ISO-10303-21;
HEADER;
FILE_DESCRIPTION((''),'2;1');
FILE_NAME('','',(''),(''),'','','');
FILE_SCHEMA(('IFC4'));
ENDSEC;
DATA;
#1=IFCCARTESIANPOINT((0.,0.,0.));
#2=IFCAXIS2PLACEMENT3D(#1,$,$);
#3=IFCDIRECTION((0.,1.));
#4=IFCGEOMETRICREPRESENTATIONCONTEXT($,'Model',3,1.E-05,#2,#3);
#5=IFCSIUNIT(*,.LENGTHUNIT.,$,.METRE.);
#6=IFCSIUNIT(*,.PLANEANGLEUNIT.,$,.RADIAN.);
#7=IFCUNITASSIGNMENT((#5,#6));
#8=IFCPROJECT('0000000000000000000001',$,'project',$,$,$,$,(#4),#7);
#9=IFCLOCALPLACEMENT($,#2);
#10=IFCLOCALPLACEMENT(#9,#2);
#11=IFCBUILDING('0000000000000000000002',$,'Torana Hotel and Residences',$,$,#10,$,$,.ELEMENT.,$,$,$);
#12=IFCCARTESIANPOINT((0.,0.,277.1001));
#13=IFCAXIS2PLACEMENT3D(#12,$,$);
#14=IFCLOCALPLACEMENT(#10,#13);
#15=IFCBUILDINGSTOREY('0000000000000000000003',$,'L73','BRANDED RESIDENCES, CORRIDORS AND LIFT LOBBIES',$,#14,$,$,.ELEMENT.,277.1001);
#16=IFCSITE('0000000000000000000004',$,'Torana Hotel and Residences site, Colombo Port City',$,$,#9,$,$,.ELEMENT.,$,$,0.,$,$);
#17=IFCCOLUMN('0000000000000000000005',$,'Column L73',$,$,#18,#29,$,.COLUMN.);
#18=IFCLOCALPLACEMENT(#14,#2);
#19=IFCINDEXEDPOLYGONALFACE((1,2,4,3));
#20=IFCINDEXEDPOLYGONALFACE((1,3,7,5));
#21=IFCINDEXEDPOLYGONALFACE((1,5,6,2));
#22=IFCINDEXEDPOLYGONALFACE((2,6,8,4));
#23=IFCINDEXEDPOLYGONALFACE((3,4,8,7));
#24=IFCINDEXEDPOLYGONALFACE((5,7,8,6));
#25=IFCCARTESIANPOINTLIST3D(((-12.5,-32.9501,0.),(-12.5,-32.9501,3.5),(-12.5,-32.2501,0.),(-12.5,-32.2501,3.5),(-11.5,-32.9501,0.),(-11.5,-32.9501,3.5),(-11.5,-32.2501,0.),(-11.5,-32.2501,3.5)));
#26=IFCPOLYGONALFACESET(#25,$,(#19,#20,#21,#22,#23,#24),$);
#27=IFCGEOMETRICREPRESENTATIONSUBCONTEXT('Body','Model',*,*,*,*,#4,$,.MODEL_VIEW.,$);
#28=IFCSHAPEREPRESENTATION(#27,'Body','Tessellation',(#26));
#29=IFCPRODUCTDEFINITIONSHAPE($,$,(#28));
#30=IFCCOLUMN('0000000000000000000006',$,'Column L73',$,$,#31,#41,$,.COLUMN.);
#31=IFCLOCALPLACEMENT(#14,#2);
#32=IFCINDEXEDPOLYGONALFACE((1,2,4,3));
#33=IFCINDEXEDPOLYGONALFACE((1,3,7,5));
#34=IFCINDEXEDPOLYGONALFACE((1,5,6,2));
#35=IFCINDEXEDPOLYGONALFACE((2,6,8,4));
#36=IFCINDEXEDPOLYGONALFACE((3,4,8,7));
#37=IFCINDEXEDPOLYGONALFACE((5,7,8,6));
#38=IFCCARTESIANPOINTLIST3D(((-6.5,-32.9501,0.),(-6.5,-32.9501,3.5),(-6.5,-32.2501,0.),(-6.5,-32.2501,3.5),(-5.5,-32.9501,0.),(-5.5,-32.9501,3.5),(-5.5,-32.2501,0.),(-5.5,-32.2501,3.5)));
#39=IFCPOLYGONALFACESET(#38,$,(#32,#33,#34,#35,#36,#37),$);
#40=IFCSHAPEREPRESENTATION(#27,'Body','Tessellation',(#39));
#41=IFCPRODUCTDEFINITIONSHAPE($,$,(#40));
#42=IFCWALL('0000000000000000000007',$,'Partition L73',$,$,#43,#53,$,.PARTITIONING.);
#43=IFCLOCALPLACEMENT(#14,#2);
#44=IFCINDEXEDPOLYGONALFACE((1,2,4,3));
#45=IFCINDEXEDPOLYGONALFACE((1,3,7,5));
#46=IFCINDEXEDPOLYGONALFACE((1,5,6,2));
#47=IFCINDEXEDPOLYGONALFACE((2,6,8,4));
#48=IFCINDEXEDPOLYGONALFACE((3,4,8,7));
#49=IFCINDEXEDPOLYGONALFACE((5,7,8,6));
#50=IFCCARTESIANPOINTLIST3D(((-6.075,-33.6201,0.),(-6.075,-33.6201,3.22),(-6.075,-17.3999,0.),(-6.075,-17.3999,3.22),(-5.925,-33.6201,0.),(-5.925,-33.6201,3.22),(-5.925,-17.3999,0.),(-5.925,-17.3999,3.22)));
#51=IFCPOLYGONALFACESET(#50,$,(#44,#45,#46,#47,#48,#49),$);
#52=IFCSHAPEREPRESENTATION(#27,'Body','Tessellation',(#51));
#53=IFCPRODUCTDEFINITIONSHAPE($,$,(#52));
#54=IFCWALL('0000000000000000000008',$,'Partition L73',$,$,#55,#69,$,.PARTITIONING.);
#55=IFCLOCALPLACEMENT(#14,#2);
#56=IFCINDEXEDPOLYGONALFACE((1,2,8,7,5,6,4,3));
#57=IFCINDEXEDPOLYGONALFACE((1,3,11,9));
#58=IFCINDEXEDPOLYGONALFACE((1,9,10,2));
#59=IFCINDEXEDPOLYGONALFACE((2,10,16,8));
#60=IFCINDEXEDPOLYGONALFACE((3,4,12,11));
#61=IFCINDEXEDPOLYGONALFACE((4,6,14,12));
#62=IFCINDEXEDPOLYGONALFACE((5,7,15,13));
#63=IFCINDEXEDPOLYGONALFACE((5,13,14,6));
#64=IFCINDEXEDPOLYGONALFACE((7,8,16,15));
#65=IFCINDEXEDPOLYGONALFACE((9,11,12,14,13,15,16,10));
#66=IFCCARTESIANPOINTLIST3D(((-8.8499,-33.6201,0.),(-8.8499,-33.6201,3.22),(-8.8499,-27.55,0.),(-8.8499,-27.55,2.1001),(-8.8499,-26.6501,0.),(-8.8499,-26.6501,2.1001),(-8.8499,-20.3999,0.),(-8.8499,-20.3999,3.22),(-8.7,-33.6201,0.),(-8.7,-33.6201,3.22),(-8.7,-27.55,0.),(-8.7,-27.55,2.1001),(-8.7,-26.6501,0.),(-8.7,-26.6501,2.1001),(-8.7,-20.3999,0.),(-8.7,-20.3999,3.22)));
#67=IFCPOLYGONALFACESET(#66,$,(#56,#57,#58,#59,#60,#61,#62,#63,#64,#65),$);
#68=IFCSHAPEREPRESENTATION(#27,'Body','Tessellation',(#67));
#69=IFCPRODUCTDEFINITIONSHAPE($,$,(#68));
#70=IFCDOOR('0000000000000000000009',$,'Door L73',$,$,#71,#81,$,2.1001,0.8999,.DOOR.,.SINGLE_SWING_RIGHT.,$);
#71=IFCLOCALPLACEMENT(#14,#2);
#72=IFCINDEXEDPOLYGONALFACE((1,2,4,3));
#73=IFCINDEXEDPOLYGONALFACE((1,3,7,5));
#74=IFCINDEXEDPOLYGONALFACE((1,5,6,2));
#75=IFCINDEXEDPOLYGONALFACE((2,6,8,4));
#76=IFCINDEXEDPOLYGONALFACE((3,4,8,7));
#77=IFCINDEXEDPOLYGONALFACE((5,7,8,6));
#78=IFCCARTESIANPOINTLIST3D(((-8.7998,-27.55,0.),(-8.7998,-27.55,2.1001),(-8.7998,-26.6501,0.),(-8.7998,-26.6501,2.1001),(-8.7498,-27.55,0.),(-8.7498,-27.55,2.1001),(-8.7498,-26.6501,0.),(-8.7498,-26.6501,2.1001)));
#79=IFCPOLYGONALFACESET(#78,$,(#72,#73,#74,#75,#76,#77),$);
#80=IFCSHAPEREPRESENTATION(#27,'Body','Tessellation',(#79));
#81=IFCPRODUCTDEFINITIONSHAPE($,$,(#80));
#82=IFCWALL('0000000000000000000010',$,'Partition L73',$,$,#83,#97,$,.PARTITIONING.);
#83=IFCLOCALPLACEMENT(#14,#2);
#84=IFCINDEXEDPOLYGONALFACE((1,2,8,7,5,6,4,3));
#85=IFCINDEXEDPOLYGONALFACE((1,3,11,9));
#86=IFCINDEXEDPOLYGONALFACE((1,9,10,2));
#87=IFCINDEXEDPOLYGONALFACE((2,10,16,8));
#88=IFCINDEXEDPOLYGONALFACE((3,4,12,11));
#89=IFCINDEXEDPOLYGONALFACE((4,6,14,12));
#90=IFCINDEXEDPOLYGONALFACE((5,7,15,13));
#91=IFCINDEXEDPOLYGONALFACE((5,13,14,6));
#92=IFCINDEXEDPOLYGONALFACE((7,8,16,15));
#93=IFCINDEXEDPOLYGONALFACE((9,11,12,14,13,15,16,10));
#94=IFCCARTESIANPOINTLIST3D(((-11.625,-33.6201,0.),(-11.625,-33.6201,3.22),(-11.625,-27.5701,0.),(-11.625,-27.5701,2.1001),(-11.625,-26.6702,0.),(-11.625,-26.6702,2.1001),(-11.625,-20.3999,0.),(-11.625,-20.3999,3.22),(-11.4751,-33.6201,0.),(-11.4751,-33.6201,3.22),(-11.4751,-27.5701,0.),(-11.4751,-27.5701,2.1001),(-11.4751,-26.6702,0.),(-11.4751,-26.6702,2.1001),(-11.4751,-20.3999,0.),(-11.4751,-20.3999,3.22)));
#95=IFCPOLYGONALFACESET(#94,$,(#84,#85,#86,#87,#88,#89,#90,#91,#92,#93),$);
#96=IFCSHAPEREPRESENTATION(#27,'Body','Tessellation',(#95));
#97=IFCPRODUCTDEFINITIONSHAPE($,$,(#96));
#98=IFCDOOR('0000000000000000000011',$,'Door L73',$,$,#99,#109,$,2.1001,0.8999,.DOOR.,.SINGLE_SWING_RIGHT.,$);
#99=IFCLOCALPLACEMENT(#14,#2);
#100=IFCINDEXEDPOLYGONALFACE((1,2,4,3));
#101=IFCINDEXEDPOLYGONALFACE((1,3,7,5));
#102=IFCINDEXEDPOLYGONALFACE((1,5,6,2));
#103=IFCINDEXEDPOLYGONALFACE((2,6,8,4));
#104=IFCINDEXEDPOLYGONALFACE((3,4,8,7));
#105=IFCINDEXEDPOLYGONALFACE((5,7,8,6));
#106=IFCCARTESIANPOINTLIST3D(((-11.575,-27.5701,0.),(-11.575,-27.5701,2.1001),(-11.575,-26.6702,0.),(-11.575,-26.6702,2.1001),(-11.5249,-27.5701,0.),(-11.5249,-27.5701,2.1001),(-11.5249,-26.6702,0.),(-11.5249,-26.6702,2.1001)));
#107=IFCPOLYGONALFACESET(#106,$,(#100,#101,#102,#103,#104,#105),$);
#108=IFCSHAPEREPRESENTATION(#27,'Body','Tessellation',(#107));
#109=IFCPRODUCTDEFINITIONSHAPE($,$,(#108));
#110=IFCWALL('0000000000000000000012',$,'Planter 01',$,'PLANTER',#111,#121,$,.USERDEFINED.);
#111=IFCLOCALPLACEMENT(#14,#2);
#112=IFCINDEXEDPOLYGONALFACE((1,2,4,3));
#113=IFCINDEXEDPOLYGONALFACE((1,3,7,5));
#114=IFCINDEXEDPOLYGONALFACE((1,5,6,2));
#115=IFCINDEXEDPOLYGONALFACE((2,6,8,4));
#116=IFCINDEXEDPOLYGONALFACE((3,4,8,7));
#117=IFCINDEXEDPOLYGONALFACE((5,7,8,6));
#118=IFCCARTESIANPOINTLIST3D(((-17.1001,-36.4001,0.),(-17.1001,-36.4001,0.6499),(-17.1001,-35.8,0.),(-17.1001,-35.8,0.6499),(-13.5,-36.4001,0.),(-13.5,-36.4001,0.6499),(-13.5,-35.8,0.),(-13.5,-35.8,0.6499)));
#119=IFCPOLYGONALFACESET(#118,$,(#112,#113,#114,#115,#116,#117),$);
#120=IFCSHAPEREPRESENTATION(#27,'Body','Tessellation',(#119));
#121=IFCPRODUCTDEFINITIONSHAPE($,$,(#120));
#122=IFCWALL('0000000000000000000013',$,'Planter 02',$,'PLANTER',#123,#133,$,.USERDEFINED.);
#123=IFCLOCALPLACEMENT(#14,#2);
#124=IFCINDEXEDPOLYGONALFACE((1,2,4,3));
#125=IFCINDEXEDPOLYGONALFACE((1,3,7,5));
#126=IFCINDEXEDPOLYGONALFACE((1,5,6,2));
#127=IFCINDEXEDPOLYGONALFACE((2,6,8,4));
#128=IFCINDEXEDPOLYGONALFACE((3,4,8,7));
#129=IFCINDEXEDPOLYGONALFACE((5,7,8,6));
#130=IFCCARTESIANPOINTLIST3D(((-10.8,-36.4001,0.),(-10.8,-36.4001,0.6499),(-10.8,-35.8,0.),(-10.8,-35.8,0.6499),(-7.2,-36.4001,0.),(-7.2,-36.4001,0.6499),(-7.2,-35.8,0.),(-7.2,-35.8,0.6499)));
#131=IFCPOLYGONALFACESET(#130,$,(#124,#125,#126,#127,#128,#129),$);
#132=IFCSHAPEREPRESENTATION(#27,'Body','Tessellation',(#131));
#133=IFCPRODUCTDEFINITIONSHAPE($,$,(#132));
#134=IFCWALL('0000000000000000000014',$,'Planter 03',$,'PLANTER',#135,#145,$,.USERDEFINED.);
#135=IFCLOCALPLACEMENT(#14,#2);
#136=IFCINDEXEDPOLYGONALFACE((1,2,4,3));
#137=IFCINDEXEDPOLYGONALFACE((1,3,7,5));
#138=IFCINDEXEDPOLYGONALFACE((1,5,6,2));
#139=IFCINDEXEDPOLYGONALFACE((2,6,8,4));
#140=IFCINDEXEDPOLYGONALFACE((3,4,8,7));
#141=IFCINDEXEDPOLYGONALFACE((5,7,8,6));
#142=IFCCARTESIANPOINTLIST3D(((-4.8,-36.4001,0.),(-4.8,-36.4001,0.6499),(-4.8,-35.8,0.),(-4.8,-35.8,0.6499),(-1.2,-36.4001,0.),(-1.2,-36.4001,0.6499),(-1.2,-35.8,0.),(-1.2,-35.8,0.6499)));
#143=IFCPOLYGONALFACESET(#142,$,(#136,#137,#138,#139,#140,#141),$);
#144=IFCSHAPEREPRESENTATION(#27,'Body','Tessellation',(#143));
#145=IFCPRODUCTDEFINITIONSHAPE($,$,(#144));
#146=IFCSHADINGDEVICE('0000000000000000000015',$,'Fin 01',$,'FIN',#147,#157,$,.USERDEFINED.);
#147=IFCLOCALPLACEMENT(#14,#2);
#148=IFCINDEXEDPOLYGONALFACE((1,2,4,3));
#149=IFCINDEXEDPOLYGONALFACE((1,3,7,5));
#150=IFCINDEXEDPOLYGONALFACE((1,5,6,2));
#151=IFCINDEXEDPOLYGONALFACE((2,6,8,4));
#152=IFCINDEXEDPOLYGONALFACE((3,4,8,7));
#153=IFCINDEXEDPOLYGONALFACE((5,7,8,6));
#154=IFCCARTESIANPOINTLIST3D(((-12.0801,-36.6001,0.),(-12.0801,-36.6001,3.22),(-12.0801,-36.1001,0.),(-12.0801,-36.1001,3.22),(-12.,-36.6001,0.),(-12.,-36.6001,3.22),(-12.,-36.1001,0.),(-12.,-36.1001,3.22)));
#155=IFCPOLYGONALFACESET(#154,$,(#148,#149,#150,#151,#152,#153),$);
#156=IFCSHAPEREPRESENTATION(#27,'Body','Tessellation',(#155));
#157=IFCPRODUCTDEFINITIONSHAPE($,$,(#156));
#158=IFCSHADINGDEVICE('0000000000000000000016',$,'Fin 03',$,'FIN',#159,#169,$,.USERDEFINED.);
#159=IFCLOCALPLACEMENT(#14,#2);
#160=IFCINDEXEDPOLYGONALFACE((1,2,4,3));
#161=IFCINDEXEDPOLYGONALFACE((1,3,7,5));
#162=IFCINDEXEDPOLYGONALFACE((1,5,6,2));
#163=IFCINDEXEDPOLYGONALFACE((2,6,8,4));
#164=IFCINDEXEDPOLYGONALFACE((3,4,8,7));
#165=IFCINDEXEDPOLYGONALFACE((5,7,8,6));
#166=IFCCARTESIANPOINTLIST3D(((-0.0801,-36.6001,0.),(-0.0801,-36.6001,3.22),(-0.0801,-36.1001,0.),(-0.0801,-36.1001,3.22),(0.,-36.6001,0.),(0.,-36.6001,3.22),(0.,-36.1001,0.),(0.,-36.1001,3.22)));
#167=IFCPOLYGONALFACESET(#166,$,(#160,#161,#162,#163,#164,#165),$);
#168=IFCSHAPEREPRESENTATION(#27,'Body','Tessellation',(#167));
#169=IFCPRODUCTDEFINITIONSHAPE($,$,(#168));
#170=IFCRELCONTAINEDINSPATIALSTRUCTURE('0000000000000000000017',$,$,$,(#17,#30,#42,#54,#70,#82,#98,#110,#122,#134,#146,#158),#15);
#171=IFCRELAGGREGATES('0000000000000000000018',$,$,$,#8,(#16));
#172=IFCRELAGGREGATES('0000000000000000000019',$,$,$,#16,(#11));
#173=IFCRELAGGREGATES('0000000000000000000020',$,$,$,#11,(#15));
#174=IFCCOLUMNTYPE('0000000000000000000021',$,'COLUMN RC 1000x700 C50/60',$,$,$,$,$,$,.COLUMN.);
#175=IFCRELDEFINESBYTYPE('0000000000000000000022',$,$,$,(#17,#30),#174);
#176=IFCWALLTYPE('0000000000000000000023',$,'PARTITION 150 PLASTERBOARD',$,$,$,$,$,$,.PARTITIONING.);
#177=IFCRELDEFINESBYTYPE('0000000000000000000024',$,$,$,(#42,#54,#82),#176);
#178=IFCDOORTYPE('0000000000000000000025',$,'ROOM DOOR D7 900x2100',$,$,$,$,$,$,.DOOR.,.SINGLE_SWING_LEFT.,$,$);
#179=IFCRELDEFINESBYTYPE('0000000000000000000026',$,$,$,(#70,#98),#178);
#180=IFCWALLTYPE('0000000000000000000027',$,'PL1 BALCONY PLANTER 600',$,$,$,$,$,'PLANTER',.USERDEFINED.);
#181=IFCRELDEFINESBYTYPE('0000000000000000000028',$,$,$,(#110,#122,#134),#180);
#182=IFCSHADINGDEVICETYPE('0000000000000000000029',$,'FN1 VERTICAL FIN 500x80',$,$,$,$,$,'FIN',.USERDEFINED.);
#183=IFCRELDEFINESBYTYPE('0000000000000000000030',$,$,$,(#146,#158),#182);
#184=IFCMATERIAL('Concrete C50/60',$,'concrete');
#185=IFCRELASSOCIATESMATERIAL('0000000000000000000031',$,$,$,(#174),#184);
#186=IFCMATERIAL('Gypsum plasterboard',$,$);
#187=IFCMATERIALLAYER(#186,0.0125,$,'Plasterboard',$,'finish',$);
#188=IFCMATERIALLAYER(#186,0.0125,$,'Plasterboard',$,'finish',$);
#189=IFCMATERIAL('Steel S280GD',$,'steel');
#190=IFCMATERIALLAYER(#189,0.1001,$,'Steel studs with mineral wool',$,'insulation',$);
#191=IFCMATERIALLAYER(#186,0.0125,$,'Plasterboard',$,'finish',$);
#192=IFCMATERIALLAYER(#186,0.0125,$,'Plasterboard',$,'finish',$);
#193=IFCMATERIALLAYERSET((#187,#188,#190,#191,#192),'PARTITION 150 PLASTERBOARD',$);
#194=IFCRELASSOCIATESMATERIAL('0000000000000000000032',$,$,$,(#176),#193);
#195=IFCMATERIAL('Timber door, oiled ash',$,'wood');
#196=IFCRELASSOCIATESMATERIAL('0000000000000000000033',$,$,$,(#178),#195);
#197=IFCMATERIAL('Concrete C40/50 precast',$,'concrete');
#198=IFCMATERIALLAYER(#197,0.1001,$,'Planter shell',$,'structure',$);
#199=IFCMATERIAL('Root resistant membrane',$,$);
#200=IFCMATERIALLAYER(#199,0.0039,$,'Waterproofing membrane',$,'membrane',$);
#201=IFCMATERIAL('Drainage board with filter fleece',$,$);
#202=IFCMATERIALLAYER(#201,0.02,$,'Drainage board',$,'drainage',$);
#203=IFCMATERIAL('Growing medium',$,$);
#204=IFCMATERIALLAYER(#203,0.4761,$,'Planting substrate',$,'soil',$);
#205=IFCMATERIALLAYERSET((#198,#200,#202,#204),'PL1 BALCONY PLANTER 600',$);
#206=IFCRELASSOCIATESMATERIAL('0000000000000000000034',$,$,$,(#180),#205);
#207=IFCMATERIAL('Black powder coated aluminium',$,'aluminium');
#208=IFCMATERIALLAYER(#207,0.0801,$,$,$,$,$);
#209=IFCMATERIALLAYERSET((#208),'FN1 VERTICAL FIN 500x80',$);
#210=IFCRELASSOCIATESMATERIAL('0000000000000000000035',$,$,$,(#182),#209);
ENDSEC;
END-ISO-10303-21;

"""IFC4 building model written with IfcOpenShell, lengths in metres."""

from ifc_helpers import new_model, si_unit, direction, frame, frame_2d, origin, origin_2d, place, context, subcontext, project, spatial, rectangle, extrude, material, layer, layer_set, material_profile, profile_set, type_object, element, fill, save


model = new_model("IFC4")

# Units and contexts
model_context = context("Model", 3, precision=1e-05, world=origin(), true_north=direction((0.0, 1.0)))
body_context = subcontext(model_context, "Body", "Model", "MODEL_VIEW")
ifc_project = project(units=[si_unit("LENGTHUNIT", "METRE"), si_unit("PLANEANGLEUNIT", "RADIAN")], contexts=[model_context])

# Site, building, storey
site_placement = place(None, origin())
site = spatial("IfcSite", under=ifc_project, at=site_placement, Name="Torana Hotel and Residences site, Colombo Port City", CompositionType="ELEMENT", RefElevation=0.0)
building_placement = place(site_placement, origin())
building = spatial("IfcBuilding", under=site, at=building_placement, Name="Torana Hotel and Residences", CompositionType="ELEMENT")
storey_placement = place(building_placement, frame((0.0, 0.0, 277.1001)))
storey = spatial("IfcBuildingStorey", under=building, at=storey_placement, Name="L73", Description="BRANDED RESIDENCES, CORRIDORS AND LIFT LOBBIES", CompositionType="ELEMENT", Elevation=277.1001)

# Columns
ifc_material_1 = material(Name="Concrete C50/60", Category="concrete")
ifc_material_profile = material_profile(ifc_material_1, rectangle(XDim=1.0, YDim=0.7, at=origin_2d()), Name="RC 1000x700")
ifc_profile_set = profile_set([ifc_material_profile], Name="Concrete C50/60")
column_type = type_object("IfcColumnType", Name="COLUMN RC 1000x700 C50/60", PredefinedType="COLUMN", material=ifc_profile_set)
for number, where, z_axis, x_axis, name in (
    (1, (-12.0, -32.6001, 0.0), (0.0, 0.0, 1.0), (1.0, 0.0, 0.0), "Column L73"),
    (2, (-6.0, -32.6001, 0.0), (0.0, 0.0, 1.0), (1.0, 0.0, 0.0), "Column L73"),
):
    element("IfcColumn", number, at=place(storey_placement, frame(where, z_axis=z_axis, x_axis=x_axis)), inside=storey, type_object=column_type, Name=name, PredefinedType="COLUMN", context=body_context, shape_type="SweptSolid", body=[
        extrude(rectangle(XDim=1.0, YDim=0.7, at=origin_2d()), origin(), (0.0, 0.0, 1.0), 3.5),
    ])

# Wall
ifc_material_2 = material(Name="Gypsum plasterboard")
ifc_layer_1 = layer(ifc_material_2, 0.0125, Name="Plasterboard", Category="finish")
ifc_layer_2 = layer(ifc_material_2, 0.0125, Name="Plasterboard", Category="finish")
ifc_material_3 = material(Name="Steel S280GD", Category="steel")
ifc_layer_3 = layer(ifc_material_3, 0.1001, Name="Steel studs with mineral wool", Category="insulation")
ifc_layer_4 = layer(ifc_material_2, 0.0125, Name="Plasterboard", Category="finish")
ifc_layer_5 = layer(ifc_material_2, 0.0125, Name="Plasterboard", Category="finish")
ifc_layer_set_1 = layer_set([ifc_layer_1, ifc_layer_2, ifc_layer_3, ifc_layer_4, ifc_layer_5], Name="PARTITION 150 PLASTERBOARD")
wall_type_1 = type_object("IfcWallType", Name="PARTITION 150 PLASTERBOARD", PredefinedType="PARTITIONING", material=ifc_layer_set_1)
wall_1_placement = place(storey_placement, frame((-6.0, -33.6201, 0.0), z_axis=(0.0, 0.0, 1.0), x_axis=(0.0, 1.0, 0.0)))
element("IfcWall", 3, at=wall_1_placement, inside=storey, type_object=wall_type_1, Name="Partition L73", PredefinedType="PARTITIONING", context=body_context, shape_type="SweptSolid", body=[
    extrude(rectangle(XDim=16.2202, YDim=0.1499, at=frame_2d((8.1101, 0.0))), origin(), (0.0, 0.0, 1.0), 3.22),
])

# Walls, openings, doors
wall_2_placement = place(storey_placement, frame((-8.7749, -33.6201, 0.0), z_axis=(0.0, 0.0, 1.0), x_axis=(0.0, 1.0, 0.0)))
wall_2 = element("IfcWall", 4, at=wall_2_placement, inside=storey, type_object=wall_type_1, Name="Partition L73", PredefinedType="PARTITIONING", context=body_context, shape_type="SweptSolid", body=[
    extrude(rectangle(XDim=13.2202, YDim=0.1499, at=frame_2d((6.6101, 0.0))), origin(), (0.0, 0.0, 1.0), 3.22),
])
opening_1_placement = place(wall_2_placement, frame((6.0701, 0.0, 0.0)))
opening_1 = element("IfcOpeningElement", 5, at=opening_1_placement, cuts=wall_2, PredefinedType="OPENING", context=body_context, shape_type="SweptSolid", body=[
    extrude(rectangle(XDim=0.8999, YDim=2.1001, at=frame_2d((0.45, 1.05))), frame((0.0, 0.085, 0.0), z_axis=(0.0, -1.0, 0.0), x_axis=(1.0, 0.0, 0.0)), (0.0, 0.0, 1.0), 0.1699),
])
ifc_material_4 = material(Name="Timber door, oiled ash", Category="wood")
door_type = type_object("IfcDoorType", Name="ROOM DOOR D7 900x2100", OperationType="SINGLE_SWING_LEFT", PredefinedType="DOOR", material=ifc_material_4)
door_1_placement = place(opening_1_placement, origin())
door_1 = element("IfcDoor", 6, at=door_1_placement, inside=storey, type_object=door_type, Name="Door L73", OperationType="SINGLE_SWING_RIGHT", OverallHeight=2.1001, OverallWidth=0.8999, PredefinedType="DOOR", context=body_context, shape_type="SweptSolid", body=[
    extrude(rectangle(XDim=0.8999, YDim=2.1001, at=frame_2d((0.45, 1.05))), frame((0.0, 0.0249, 0.0), z_axis=(0.0, -1.0, 0.0), x_axis=(1.0, 0.0, 0.0)), (0.0, 0.0, 1.0), 0.05),
])
fill(opening_1, door_1)
wall_3_placement = place(storey_placement, frame((-11.55, -33.6201, 0.0), z_axis=(0.0, 0.0, 1.0), x_axis=(0.0, 1.0, 0.0)))
wall_3 = element("IfcWall", 7, at=wall_3_placement, inside=storey, type_object=wall_type_1, Name="Partition L73", PredefinedType="PARTITIONING", context=body_context, shape_type="SweptSolid", body=[
    extrude(rectangle(XDim=13.2202, YDim=0.1499, at=frame_2d((6.6101, 0.0))), origin(), (0.0, 0.0, 1.0), 3.22),
])
opening_2_placement = place(wall_3_placement, frame((6.05, 0.0, 0.0)))
opening_2 = element("IfcOpeningElement", 8, at=opening_2_placement, cuts=wall_3, PredefinedType="OPENING", context=body_context, shape_type="SweptSolid", body=[
    extrude(rectangle(XDim=0.8999, YDim=2.1001, at=frame_2d((0.45, 1.05))), frame((0.0, 0.085, 0.0), z_axis=(0.0, -1.0, 0.0), x_axis=(1.0, 0.0, 0.0)), (0.0, 0.0, 1.0), 0.1699),
])
door_2_placement = place(opening_2_placement, origin())
door_2 = element("IfcDoor", 9, at=door_2_placement, inside=storey, type_object=door_type, Name="Door L73", OperationType="SINGLE_SWING_RIGHT", OverallHeight=2.1001, OverallWidth=0.8999, PredefinedType="DOOR", context=body_context, shape_type="SweptSolid", body=[
    extrude(rectangle(XDim=0.8999, YDim=2.1001, at=frame_2d((0.45, 1.05))), frame((0.0, 0.0249, 0.0), z_axis=(0.0, -1.0, 0.0), x_axis=(1.0, 0.0, 0.0)), (0.0, 0.0, 1.0), 0.05),
])
fill(opening_2, door_2)

# Walls
ifc_material_5 = material(Name="Concrete C40/50 precast", Category="concrete")
ifc_layer_6 = layer(ifc_material_5, 0.1001, Name="Planter shell", Category="structure")
ifc_material_6 = material(Name="Root resistant membrane")
ifc_layer_7 = layer(ifc_material_6, 0.0039, Name="Waterproofing membrane", Category="membrane")
ifc_material_7 = material(Name="Drainage board with filter fleece")
ifc_layer_8 = layer(ifc_material_7, 0.02, Name="Drainage board", Category="drainage")
ifc_material_8 = material(Name="Growing medium")
ifc_layer_9 = layer(ifc_material_8, 0.4761, Name="Planting substrate", Category="soil")
ifc_layer_set_2 = layer_set([ifc_layer_6, ifc_layer_7, ifc_layer_8, ifc_layer_9], Name="PL1 BALCONY PLANTER 600")
wall_type_2 = type_object("IfcWallType", Name="PL1 BALCONY PLANTER 600", ElementType="PLANTER", PredefinedType="USERDEFINED", material=ifc_layer_set_2)
for number, where, z_axis, x_axis, name in (
    (10, (-13.5, -36.1001, 0.0), (0.0, 0.0, 1.0), (-1.0, 0.0, 0.0), "Planter 01"),
    (11, (-7.2, -36.1001, 0.0), (0.0, 0.0, 1.0), (-1.0, 0.0, 0.0), "Planter 02"),
    (12, (-1.2, -36.1001, 0.0), (0.0, 0.0, 1.0), (-1.0, 0.0, 0.0), "Planter 03"),
):
    element("IfcWall", number, at=place(storey_placement, frame(where, z_axis=z_axis, x_axis=x_axis)), inside=storey, type_object=wall_type_2, Name=name, ObjectType="PLANTER", PredefinedType="USERDEFINED", context=body_context, shape_type="SweptSolid", body=[
        extrude(rectangle(XDim=3.6001, YDim=0.6001, at=frame_2d((1.8, 0.0))), origin(), (0.0, 0.0, 1.0), 0.6499),
    ])

# Shading devices
ifc_material_9 = material(Name="Black powder coated aluminium", Category="aluminium")
ifc_layer_10 = layer(ifc_material_9, 0.0801)
ifc_layer_set_3 = layer_set([ifc_layer_10], Name="FN1 VERTICAL FIN 500x80")
shading_device_type = type_object("IfcShadingDeviceType", Name="FN1 VERTICAL FIN 500x80", ElementType="FIN", PredefinedType="USERDEFINED", material=ifc_layer_set_3)
for number, where, z_axis, x_axis, name in (
    (13, (-12.04, -36.3501, 0.0), (0.0, 0.0, 1.0), (-1.0, 0.0, 0.0), "Fin 01"),
    (14, (-0.04, -36.3501, 0.0), (0.0, 0.0, 1.0), (-1.0, 0.0, 0.0), "Fin 03"),
):
    element("IfcShadingDevice", number, at=place(storey_placement, frame(where, z_axis=z_axis, x_axis=x_axis)), inside=storey, type_object=shading_device_type, Name=name, ObjectType="FIN", PredefinedType="USERDEFINED", context=body_context, shape_type="SweptSolid", body=[
        extrude(rectangle(XDim=0.0801, YDim=0.5, at=origin_2d()), origin(), (0.0, 0.0, 1.0), 3.22),
    ])

save(model, "model.ifc")
